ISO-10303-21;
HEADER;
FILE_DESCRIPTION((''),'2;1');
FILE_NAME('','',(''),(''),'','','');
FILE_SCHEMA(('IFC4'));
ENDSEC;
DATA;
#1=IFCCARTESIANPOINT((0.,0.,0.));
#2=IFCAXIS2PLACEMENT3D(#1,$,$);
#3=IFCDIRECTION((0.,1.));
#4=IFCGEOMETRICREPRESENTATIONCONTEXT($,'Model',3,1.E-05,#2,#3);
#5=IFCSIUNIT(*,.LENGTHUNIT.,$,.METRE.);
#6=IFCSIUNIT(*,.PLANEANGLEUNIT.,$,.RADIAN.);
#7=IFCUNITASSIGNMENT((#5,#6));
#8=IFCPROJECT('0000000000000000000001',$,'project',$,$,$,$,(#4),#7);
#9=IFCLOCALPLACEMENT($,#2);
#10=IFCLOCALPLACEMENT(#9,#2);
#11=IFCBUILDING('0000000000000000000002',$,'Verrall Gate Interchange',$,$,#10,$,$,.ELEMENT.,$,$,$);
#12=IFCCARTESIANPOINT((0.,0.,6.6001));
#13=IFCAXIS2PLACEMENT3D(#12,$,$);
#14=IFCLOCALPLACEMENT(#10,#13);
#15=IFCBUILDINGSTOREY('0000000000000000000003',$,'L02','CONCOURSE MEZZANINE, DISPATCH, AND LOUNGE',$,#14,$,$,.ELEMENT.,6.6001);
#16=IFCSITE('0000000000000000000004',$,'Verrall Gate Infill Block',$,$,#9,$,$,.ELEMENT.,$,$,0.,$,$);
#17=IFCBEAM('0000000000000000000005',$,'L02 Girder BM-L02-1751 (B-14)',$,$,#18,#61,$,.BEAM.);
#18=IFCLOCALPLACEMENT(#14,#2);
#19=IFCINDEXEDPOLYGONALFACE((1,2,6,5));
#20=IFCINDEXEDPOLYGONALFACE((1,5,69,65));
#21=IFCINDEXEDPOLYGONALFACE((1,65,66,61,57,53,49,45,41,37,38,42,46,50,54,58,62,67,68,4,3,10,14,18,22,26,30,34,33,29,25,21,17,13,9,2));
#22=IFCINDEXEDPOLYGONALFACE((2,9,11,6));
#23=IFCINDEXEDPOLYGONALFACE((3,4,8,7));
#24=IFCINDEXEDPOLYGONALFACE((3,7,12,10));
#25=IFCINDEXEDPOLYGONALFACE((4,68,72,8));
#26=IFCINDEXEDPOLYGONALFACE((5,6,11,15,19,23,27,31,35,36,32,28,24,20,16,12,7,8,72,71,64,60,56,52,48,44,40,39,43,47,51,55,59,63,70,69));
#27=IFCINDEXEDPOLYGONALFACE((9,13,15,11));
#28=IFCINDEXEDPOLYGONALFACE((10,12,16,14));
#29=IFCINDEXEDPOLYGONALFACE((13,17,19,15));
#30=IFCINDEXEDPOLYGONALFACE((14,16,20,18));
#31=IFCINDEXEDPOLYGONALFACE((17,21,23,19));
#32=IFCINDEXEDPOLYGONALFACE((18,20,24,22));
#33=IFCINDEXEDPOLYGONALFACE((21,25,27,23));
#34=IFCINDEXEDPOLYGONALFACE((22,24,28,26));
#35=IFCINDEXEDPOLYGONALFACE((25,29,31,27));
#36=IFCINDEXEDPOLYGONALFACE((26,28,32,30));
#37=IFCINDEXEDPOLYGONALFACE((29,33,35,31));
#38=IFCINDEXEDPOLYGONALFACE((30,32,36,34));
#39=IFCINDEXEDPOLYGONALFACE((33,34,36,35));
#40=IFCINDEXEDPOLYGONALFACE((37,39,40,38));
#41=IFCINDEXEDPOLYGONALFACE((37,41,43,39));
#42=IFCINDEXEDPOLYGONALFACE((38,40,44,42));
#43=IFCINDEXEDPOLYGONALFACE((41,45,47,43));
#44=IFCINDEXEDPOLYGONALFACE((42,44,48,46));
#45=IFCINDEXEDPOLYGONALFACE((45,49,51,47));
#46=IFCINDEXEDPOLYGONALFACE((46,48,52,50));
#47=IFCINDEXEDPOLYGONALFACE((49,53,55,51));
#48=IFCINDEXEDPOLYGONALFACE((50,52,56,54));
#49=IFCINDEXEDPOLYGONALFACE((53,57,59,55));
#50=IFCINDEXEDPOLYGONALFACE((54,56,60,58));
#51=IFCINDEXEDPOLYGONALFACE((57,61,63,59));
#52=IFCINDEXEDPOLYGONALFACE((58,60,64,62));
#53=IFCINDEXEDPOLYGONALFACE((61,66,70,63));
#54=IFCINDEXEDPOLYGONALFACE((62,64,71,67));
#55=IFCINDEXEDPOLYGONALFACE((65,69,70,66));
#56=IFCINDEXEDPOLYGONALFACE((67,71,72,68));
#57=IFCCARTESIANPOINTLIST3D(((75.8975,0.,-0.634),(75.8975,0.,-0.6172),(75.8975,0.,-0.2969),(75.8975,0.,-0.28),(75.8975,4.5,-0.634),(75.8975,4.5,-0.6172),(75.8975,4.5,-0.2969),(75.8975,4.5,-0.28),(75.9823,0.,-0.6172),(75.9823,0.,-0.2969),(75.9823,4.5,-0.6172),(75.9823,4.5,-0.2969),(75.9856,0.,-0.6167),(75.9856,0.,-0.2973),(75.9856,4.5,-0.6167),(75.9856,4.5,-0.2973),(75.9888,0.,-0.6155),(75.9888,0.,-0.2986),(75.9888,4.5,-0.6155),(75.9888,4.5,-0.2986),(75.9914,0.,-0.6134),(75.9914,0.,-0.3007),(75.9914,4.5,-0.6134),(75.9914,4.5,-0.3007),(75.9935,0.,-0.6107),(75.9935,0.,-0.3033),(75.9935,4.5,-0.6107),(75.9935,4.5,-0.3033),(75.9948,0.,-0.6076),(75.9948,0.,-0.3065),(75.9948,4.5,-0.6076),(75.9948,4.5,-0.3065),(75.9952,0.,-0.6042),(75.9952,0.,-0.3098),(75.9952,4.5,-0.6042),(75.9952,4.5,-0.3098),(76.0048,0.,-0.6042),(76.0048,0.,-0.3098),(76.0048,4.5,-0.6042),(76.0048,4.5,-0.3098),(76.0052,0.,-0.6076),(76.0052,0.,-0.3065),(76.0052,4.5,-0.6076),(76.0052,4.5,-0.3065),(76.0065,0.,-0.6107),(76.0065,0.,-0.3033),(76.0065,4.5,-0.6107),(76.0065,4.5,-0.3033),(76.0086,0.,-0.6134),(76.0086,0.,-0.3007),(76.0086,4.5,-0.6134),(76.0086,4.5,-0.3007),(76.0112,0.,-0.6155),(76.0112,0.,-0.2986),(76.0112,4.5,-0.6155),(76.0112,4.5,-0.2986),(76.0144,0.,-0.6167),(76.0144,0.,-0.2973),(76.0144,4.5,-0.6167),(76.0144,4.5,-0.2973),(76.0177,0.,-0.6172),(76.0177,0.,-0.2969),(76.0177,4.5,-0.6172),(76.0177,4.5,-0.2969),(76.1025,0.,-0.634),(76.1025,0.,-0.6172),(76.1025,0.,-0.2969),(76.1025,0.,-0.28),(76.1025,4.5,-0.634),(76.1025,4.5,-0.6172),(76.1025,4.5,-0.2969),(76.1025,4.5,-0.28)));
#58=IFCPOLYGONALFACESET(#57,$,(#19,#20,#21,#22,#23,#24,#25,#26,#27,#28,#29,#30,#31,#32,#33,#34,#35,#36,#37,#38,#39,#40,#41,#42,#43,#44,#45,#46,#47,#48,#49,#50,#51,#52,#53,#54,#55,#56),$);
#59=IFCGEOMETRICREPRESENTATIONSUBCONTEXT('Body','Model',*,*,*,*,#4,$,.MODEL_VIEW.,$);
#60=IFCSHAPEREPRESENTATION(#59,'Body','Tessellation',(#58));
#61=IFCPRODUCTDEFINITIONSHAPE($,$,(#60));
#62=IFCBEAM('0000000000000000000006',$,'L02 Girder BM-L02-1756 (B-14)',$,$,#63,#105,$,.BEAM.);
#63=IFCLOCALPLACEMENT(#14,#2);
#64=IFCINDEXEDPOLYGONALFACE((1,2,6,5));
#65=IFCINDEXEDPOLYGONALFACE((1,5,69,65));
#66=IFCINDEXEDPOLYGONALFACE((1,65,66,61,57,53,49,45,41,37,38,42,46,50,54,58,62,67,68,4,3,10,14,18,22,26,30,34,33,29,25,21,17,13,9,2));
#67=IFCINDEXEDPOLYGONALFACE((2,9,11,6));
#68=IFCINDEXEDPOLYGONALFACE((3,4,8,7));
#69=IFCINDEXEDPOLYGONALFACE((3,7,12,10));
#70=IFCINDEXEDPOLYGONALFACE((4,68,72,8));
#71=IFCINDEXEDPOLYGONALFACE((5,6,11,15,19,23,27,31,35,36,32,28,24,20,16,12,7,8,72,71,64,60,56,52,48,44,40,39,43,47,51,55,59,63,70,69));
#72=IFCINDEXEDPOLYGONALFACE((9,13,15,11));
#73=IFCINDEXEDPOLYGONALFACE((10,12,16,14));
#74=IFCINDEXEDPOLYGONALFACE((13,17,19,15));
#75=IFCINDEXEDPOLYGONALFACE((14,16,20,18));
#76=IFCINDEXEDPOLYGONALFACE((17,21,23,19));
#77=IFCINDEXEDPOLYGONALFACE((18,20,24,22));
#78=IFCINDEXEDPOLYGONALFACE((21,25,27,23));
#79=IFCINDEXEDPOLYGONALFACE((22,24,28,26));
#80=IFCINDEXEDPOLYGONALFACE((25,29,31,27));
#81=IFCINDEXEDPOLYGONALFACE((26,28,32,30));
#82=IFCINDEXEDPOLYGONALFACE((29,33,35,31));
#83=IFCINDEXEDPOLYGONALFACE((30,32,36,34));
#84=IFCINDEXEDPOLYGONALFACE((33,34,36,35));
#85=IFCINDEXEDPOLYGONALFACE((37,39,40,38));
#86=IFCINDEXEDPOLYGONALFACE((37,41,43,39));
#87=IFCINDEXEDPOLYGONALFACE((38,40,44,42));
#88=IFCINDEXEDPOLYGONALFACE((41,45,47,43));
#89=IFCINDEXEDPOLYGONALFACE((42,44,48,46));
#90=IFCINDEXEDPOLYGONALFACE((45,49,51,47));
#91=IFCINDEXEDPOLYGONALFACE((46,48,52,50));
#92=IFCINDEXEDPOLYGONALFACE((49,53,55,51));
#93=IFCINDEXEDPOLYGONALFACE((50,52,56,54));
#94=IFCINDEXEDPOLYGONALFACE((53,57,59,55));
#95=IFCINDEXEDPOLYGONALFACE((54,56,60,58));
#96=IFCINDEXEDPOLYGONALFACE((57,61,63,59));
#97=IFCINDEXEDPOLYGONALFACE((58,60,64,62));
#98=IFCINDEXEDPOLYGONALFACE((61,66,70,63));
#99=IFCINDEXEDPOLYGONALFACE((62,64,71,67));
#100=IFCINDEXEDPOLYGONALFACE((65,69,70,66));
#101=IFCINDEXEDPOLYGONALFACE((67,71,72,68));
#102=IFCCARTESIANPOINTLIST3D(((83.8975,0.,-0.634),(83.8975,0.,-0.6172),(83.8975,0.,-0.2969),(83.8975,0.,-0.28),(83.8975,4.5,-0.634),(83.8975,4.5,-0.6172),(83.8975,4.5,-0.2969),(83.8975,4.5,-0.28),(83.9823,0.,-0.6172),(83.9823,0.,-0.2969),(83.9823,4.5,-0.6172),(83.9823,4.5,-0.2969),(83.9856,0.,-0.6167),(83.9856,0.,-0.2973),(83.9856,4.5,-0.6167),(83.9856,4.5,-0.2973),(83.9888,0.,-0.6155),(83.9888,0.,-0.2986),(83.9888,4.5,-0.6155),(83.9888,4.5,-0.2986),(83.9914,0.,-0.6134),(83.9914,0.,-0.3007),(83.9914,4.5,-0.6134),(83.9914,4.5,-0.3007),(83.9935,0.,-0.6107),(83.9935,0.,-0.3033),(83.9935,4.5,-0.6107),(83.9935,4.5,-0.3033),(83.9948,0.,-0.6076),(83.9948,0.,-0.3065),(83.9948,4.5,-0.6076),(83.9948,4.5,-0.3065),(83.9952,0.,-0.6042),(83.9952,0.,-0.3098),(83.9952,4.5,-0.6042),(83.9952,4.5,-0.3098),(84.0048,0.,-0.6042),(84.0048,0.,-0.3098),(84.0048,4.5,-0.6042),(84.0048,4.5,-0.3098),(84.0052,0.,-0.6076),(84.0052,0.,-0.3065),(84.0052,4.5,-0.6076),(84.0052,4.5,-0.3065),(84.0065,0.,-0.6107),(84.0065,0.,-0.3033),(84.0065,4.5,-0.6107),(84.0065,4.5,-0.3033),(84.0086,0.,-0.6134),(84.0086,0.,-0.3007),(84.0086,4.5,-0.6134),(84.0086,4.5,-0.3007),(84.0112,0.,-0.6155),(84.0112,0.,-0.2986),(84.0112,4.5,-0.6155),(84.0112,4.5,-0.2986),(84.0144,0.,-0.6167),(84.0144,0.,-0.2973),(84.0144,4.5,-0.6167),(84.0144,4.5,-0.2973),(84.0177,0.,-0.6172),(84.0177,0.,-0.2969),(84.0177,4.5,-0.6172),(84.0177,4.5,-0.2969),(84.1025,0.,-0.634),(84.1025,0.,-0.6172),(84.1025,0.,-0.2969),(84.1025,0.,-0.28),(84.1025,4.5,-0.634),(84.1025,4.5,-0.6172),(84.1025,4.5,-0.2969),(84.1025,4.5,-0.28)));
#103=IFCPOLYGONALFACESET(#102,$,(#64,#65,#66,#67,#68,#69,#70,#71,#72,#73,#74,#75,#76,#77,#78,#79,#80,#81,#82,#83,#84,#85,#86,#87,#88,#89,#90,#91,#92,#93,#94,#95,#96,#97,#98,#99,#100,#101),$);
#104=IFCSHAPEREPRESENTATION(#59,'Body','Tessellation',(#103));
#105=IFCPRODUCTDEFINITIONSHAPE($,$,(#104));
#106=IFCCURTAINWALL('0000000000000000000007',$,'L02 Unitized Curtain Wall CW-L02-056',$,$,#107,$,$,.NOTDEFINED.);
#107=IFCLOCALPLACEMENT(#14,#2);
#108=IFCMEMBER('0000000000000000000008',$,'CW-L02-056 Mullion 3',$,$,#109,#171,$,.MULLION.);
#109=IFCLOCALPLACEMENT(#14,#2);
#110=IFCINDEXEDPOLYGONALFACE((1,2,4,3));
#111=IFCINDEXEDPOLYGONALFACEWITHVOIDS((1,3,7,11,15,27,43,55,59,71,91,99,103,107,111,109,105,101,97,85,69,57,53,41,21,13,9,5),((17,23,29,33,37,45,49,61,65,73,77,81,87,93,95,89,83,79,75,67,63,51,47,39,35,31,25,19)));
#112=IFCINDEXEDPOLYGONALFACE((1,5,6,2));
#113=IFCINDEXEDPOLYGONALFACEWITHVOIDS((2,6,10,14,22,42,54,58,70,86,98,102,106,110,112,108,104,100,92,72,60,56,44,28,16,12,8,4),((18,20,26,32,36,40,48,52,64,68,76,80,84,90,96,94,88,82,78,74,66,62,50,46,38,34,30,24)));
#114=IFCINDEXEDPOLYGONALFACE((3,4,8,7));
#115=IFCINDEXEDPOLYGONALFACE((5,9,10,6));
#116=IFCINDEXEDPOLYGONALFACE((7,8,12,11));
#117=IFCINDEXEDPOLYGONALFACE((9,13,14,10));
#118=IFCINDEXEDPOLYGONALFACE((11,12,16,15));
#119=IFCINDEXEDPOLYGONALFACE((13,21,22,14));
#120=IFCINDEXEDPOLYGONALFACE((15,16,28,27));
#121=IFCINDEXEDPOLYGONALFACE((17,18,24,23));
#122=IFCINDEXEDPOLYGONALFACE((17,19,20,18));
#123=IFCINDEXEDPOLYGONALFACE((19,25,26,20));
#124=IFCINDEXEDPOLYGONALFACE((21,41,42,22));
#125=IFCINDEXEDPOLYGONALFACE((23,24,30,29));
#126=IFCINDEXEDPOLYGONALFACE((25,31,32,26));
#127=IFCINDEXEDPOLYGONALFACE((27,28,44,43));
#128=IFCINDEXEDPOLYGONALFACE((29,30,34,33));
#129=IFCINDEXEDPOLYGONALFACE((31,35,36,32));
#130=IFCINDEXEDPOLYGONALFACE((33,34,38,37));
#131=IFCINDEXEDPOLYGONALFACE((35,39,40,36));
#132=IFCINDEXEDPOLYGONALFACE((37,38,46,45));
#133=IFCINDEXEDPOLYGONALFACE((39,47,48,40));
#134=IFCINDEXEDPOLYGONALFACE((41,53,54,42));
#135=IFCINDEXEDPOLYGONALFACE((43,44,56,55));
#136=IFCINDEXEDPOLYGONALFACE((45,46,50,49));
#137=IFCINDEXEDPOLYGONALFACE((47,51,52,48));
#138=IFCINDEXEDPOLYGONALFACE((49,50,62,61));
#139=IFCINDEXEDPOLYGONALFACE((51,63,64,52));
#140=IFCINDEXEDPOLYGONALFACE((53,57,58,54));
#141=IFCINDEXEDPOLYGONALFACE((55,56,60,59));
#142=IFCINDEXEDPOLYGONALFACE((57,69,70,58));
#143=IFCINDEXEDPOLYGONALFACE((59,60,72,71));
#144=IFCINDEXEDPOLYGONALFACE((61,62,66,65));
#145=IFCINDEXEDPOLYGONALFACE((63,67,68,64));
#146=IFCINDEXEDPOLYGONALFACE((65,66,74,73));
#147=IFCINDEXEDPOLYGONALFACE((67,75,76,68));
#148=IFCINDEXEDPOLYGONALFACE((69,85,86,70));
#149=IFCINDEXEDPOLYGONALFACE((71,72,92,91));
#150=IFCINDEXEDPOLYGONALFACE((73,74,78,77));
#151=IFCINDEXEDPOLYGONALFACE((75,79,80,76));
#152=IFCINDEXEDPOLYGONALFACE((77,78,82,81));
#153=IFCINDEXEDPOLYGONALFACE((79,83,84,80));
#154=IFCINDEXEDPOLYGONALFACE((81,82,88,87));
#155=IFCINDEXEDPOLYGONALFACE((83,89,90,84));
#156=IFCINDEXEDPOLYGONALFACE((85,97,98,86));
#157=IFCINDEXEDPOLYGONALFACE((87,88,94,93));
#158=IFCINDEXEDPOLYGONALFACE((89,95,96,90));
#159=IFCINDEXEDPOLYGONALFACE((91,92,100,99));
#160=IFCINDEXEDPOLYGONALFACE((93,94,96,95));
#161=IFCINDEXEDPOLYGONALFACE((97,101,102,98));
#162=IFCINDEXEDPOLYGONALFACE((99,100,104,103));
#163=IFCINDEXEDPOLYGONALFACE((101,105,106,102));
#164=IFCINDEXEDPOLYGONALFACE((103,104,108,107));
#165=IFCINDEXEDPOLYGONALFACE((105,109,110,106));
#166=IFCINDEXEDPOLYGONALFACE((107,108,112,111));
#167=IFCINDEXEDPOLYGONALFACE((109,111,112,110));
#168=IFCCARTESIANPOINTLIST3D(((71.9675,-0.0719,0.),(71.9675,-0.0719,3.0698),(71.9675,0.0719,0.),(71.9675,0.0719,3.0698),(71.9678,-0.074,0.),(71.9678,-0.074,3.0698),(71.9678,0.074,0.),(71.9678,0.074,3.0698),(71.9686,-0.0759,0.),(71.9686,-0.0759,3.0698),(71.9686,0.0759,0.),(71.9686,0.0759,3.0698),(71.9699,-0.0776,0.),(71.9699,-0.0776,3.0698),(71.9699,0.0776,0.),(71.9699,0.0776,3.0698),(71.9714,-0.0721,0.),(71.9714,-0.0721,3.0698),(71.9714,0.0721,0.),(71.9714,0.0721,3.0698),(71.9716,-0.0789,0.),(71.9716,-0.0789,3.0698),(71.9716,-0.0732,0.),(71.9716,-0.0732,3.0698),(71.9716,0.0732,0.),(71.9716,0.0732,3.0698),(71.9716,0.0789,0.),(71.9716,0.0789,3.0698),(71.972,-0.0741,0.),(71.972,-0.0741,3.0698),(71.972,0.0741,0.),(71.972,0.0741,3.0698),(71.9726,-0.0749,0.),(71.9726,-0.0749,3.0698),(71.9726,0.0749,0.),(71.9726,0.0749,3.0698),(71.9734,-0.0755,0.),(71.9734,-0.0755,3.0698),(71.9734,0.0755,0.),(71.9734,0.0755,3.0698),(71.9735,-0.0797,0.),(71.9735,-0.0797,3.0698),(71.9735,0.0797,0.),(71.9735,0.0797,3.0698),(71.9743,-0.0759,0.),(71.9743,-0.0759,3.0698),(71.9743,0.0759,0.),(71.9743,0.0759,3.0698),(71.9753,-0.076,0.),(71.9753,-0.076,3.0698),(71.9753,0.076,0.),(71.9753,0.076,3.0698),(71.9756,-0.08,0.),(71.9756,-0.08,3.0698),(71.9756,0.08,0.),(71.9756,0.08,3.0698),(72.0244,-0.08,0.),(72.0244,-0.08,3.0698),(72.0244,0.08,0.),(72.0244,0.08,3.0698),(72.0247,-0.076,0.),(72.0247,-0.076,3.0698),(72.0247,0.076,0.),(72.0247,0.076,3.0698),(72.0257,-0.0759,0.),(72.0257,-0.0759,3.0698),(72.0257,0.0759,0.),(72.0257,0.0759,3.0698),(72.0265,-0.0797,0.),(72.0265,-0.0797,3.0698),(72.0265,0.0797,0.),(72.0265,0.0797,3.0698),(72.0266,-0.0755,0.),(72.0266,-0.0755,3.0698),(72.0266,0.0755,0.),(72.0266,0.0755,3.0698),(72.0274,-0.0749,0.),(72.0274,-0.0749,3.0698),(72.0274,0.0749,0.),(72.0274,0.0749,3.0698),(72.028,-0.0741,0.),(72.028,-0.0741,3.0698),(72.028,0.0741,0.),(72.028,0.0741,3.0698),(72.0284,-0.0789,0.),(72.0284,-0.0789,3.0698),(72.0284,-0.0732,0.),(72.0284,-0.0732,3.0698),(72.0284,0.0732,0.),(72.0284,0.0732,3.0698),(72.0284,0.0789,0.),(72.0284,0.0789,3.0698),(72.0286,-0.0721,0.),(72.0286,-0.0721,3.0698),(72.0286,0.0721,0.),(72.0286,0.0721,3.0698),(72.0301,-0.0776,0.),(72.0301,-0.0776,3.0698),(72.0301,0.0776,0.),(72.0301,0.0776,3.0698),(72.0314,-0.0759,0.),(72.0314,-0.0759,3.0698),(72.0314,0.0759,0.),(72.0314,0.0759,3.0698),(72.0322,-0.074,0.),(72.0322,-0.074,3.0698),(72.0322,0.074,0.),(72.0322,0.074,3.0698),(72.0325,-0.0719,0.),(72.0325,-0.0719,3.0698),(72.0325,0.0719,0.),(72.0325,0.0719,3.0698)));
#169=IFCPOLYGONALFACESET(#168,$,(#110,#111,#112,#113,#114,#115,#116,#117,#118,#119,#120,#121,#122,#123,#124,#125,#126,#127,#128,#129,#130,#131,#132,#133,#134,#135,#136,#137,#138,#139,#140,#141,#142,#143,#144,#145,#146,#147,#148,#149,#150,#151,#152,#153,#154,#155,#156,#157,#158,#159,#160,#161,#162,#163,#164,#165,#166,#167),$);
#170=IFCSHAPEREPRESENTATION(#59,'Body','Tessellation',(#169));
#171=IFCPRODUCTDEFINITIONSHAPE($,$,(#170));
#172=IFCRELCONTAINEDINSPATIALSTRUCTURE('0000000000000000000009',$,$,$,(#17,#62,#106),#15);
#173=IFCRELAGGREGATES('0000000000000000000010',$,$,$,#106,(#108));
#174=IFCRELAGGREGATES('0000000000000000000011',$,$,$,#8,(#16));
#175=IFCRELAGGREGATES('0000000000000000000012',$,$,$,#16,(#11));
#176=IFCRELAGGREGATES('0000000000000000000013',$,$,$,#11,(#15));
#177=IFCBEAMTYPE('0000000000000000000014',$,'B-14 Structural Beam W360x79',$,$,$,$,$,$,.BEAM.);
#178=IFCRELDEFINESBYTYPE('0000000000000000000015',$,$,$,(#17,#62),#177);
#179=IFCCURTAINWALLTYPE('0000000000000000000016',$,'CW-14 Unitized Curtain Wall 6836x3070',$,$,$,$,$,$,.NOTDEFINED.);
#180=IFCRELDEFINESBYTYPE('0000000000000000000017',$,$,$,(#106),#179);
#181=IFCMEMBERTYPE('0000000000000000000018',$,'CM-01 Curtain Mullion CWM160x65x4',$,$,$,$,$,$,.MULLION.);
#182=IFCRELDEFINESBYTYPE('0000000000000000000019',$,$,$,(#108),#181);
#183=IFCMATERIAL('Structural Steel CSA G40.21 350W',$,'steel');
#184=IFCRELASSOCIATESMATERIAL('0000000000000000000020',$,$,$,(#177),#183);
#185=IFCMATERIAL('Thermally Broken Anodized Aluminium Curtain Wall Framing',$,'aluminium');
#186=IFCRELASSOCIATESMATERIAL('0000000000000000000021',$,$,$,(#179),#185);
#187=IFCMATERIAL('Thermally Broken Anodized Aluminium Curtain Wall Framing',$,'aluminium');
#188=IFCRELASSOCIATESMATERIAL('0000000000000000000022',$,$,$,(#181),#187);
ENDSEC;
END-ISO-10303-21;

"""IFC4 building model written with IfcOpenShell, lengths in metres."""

from ifc_helpers import new_model, si_unit, direction, frame, origin, origin_2d, place, context, subcontext, project, spatial, hollow_rectangle, i_section, extrude, material, material_profile, profile_set, type_object, element, aggregate, save


model = new_model("IFC4")

# Units and contexts
model_context = context("Model", 3, precision=1e-05, world=origin(), true_north=direction((0.0, 1.0)))
body_context = subcontext(model_context, "Body", "Model", "MODEL_VIEW")
ifc_project = project(units=[si_unit("LENGTHUNIT", "METRE"), si_unit("PLANEANGLEUNIT", "RADIAN")], contexts=[model_context])

# Site, building, storey
site_placement = place(None, origin())
site = spatial("IfcSite", under=ifc_project, at=site_placement, Name="Verrall Gate Infill Block", CompositionType="ELEMENT", RefElevation=0.0)
building_placement = place(site_placement, origin())
building = spatial("IfcBuilding", under=site, at=building_placement, Name="Verrall Gate Interchange", CompositionType="ELEMENT")
storey_placement = place(building_placement, frame((0.0, 0.0, 6.6001)))
storey = spatial("IfcBuildingStorey", under=building, at=storey_placement, Name="L02", Description="CONCOURSE MEZZANINE, DISPATCH, AND LOUNGE", CompositionType="ELEMENT", Elevation=6.6001)

# Beams
ifc_material_1 = material(Name="Structural Steel CSA G40.21 350W", Category="steel")
ifc_material_profile_1 = material_profile(ifc_material_1, i_section(OverallWidth=0.2051, OverallDepth=0.354, WebThickness=0.0095, FlangeThickness=0.0168, FilletRadius=0.0129, at=origin_2d()), Name="W360x79")
ifc_profile_set_1 = profile_set([ifc_material_profile_1], Name="Structural Steel CSA G40.21 350W")
beam_type_1 = type_object("IfcBeamType", Name="B-14 Structural Beam W360x79", PredefinedType="BEAM", material=ifc_profile_set_1)
for number, where, z_axis, x_axis, name in (
    (1, (76.0, 0.0, -0.457), (0.0, 1.0, 0.0), (-1.0, 0.0, 0.0), "L02 Girder BM-L02-1751 (B-14)"),
    (2, (84.0, 0.0, -0.457), (0.0, 1.0, 0.0), (-1.0, 0.0, 0.0), "L02 Girder BM-L02-1756 (B-14)"),
):
    element("IfcBeam", number, at=place(storey_placement, frame(where, z_axis=z_axis, x_axis=x_axis)), inside=storey, type_object=beam_type_1, Name=name, PredefinedType="BEAM", context=body_context, shape_type="SweptSolid", body=[
        extrude(i_section(OverallWidth=0.2051, OverallDepth=0.354, WebThickness=0.0095, FlangeThickness=0.0168, FilletRadius=0.0129, at=origin_2d()), origin(), (0.0, 0.0, 1.0), 4.5),
    ])

# Curtain wall, member
ifc_material_2 = material(Name="Thermally Broken Anodized Aluminium Curtain Wall Framing", Category="aluminium")
curtain_wall_type = type_object("IfcCurtainWallType", Name="CW-14 Unitized Curtain Wall 6836x3070", PredefinedType="NOTDEFINED", material=ifc_material_2)
curtain_wall_1_placement = place(storey_placement, origin())
curtain_wall_1 = element("IfcCurtainWall", 3, at=curtain_wall_1_placement, inside=storey, type_object=curtain_wall_type, Name="L02 Unitized Curtain Wall CW-L02-056", PredefinedType="NOTDEFINED")
ifc_material_3 = material(Name="Thermally Broken Anodized Aluminium Curtain Wall Framing", Category="aluminium")
ifc_material_profile_2 = material_profile(ifc_material_3, hollow_rectangle(XDim=0.0649, YDim=0.1599, WallThickness=0.0039, InnerFilletRadius=0.0039, OuterFilletRadius=0.0081, at=origin_2d()), Name="CWM160x65x4")
ifc_profile_set_2 = profile_set([ifc_material_profile_2], Name="Thermally Broken Anodized Aluminium Curtain Wall Framing")
member_type_1 = type_object("IfcMemberType", Name="CM-01 Curtain Mullion CWM160x65x4", PredefinedType="MULLION", material=ifc_profile_set_2)
member_1_placement = place(storey_placement, frame((72.0, 0.0, 0.0), z_axis=(0.0, 0.0, 1.0), x_axis=(1.0, 0.0, 0.0)))
member_1 = element("IfcMember", 4, at=member_1_placement, type_object=member_type_1, Name="CW-L02-056 Mullion 3", PredefinedType="MULLION", context=body_context, shape_type="SweptSolid", body=[
    extrude(hollow_rectangle(XDim=0.0649, YDim=0.1599, WallThickness=0.0039, InnerFilletRadius=0.0039, OuterFilletRadius=0.0081, at=origin_2d()), origin(), (0.0, 0.0, 1.0), 3.0698),
])

aggregate(curtain_wall_1, [member_1])

save(model, "model.ifc")
